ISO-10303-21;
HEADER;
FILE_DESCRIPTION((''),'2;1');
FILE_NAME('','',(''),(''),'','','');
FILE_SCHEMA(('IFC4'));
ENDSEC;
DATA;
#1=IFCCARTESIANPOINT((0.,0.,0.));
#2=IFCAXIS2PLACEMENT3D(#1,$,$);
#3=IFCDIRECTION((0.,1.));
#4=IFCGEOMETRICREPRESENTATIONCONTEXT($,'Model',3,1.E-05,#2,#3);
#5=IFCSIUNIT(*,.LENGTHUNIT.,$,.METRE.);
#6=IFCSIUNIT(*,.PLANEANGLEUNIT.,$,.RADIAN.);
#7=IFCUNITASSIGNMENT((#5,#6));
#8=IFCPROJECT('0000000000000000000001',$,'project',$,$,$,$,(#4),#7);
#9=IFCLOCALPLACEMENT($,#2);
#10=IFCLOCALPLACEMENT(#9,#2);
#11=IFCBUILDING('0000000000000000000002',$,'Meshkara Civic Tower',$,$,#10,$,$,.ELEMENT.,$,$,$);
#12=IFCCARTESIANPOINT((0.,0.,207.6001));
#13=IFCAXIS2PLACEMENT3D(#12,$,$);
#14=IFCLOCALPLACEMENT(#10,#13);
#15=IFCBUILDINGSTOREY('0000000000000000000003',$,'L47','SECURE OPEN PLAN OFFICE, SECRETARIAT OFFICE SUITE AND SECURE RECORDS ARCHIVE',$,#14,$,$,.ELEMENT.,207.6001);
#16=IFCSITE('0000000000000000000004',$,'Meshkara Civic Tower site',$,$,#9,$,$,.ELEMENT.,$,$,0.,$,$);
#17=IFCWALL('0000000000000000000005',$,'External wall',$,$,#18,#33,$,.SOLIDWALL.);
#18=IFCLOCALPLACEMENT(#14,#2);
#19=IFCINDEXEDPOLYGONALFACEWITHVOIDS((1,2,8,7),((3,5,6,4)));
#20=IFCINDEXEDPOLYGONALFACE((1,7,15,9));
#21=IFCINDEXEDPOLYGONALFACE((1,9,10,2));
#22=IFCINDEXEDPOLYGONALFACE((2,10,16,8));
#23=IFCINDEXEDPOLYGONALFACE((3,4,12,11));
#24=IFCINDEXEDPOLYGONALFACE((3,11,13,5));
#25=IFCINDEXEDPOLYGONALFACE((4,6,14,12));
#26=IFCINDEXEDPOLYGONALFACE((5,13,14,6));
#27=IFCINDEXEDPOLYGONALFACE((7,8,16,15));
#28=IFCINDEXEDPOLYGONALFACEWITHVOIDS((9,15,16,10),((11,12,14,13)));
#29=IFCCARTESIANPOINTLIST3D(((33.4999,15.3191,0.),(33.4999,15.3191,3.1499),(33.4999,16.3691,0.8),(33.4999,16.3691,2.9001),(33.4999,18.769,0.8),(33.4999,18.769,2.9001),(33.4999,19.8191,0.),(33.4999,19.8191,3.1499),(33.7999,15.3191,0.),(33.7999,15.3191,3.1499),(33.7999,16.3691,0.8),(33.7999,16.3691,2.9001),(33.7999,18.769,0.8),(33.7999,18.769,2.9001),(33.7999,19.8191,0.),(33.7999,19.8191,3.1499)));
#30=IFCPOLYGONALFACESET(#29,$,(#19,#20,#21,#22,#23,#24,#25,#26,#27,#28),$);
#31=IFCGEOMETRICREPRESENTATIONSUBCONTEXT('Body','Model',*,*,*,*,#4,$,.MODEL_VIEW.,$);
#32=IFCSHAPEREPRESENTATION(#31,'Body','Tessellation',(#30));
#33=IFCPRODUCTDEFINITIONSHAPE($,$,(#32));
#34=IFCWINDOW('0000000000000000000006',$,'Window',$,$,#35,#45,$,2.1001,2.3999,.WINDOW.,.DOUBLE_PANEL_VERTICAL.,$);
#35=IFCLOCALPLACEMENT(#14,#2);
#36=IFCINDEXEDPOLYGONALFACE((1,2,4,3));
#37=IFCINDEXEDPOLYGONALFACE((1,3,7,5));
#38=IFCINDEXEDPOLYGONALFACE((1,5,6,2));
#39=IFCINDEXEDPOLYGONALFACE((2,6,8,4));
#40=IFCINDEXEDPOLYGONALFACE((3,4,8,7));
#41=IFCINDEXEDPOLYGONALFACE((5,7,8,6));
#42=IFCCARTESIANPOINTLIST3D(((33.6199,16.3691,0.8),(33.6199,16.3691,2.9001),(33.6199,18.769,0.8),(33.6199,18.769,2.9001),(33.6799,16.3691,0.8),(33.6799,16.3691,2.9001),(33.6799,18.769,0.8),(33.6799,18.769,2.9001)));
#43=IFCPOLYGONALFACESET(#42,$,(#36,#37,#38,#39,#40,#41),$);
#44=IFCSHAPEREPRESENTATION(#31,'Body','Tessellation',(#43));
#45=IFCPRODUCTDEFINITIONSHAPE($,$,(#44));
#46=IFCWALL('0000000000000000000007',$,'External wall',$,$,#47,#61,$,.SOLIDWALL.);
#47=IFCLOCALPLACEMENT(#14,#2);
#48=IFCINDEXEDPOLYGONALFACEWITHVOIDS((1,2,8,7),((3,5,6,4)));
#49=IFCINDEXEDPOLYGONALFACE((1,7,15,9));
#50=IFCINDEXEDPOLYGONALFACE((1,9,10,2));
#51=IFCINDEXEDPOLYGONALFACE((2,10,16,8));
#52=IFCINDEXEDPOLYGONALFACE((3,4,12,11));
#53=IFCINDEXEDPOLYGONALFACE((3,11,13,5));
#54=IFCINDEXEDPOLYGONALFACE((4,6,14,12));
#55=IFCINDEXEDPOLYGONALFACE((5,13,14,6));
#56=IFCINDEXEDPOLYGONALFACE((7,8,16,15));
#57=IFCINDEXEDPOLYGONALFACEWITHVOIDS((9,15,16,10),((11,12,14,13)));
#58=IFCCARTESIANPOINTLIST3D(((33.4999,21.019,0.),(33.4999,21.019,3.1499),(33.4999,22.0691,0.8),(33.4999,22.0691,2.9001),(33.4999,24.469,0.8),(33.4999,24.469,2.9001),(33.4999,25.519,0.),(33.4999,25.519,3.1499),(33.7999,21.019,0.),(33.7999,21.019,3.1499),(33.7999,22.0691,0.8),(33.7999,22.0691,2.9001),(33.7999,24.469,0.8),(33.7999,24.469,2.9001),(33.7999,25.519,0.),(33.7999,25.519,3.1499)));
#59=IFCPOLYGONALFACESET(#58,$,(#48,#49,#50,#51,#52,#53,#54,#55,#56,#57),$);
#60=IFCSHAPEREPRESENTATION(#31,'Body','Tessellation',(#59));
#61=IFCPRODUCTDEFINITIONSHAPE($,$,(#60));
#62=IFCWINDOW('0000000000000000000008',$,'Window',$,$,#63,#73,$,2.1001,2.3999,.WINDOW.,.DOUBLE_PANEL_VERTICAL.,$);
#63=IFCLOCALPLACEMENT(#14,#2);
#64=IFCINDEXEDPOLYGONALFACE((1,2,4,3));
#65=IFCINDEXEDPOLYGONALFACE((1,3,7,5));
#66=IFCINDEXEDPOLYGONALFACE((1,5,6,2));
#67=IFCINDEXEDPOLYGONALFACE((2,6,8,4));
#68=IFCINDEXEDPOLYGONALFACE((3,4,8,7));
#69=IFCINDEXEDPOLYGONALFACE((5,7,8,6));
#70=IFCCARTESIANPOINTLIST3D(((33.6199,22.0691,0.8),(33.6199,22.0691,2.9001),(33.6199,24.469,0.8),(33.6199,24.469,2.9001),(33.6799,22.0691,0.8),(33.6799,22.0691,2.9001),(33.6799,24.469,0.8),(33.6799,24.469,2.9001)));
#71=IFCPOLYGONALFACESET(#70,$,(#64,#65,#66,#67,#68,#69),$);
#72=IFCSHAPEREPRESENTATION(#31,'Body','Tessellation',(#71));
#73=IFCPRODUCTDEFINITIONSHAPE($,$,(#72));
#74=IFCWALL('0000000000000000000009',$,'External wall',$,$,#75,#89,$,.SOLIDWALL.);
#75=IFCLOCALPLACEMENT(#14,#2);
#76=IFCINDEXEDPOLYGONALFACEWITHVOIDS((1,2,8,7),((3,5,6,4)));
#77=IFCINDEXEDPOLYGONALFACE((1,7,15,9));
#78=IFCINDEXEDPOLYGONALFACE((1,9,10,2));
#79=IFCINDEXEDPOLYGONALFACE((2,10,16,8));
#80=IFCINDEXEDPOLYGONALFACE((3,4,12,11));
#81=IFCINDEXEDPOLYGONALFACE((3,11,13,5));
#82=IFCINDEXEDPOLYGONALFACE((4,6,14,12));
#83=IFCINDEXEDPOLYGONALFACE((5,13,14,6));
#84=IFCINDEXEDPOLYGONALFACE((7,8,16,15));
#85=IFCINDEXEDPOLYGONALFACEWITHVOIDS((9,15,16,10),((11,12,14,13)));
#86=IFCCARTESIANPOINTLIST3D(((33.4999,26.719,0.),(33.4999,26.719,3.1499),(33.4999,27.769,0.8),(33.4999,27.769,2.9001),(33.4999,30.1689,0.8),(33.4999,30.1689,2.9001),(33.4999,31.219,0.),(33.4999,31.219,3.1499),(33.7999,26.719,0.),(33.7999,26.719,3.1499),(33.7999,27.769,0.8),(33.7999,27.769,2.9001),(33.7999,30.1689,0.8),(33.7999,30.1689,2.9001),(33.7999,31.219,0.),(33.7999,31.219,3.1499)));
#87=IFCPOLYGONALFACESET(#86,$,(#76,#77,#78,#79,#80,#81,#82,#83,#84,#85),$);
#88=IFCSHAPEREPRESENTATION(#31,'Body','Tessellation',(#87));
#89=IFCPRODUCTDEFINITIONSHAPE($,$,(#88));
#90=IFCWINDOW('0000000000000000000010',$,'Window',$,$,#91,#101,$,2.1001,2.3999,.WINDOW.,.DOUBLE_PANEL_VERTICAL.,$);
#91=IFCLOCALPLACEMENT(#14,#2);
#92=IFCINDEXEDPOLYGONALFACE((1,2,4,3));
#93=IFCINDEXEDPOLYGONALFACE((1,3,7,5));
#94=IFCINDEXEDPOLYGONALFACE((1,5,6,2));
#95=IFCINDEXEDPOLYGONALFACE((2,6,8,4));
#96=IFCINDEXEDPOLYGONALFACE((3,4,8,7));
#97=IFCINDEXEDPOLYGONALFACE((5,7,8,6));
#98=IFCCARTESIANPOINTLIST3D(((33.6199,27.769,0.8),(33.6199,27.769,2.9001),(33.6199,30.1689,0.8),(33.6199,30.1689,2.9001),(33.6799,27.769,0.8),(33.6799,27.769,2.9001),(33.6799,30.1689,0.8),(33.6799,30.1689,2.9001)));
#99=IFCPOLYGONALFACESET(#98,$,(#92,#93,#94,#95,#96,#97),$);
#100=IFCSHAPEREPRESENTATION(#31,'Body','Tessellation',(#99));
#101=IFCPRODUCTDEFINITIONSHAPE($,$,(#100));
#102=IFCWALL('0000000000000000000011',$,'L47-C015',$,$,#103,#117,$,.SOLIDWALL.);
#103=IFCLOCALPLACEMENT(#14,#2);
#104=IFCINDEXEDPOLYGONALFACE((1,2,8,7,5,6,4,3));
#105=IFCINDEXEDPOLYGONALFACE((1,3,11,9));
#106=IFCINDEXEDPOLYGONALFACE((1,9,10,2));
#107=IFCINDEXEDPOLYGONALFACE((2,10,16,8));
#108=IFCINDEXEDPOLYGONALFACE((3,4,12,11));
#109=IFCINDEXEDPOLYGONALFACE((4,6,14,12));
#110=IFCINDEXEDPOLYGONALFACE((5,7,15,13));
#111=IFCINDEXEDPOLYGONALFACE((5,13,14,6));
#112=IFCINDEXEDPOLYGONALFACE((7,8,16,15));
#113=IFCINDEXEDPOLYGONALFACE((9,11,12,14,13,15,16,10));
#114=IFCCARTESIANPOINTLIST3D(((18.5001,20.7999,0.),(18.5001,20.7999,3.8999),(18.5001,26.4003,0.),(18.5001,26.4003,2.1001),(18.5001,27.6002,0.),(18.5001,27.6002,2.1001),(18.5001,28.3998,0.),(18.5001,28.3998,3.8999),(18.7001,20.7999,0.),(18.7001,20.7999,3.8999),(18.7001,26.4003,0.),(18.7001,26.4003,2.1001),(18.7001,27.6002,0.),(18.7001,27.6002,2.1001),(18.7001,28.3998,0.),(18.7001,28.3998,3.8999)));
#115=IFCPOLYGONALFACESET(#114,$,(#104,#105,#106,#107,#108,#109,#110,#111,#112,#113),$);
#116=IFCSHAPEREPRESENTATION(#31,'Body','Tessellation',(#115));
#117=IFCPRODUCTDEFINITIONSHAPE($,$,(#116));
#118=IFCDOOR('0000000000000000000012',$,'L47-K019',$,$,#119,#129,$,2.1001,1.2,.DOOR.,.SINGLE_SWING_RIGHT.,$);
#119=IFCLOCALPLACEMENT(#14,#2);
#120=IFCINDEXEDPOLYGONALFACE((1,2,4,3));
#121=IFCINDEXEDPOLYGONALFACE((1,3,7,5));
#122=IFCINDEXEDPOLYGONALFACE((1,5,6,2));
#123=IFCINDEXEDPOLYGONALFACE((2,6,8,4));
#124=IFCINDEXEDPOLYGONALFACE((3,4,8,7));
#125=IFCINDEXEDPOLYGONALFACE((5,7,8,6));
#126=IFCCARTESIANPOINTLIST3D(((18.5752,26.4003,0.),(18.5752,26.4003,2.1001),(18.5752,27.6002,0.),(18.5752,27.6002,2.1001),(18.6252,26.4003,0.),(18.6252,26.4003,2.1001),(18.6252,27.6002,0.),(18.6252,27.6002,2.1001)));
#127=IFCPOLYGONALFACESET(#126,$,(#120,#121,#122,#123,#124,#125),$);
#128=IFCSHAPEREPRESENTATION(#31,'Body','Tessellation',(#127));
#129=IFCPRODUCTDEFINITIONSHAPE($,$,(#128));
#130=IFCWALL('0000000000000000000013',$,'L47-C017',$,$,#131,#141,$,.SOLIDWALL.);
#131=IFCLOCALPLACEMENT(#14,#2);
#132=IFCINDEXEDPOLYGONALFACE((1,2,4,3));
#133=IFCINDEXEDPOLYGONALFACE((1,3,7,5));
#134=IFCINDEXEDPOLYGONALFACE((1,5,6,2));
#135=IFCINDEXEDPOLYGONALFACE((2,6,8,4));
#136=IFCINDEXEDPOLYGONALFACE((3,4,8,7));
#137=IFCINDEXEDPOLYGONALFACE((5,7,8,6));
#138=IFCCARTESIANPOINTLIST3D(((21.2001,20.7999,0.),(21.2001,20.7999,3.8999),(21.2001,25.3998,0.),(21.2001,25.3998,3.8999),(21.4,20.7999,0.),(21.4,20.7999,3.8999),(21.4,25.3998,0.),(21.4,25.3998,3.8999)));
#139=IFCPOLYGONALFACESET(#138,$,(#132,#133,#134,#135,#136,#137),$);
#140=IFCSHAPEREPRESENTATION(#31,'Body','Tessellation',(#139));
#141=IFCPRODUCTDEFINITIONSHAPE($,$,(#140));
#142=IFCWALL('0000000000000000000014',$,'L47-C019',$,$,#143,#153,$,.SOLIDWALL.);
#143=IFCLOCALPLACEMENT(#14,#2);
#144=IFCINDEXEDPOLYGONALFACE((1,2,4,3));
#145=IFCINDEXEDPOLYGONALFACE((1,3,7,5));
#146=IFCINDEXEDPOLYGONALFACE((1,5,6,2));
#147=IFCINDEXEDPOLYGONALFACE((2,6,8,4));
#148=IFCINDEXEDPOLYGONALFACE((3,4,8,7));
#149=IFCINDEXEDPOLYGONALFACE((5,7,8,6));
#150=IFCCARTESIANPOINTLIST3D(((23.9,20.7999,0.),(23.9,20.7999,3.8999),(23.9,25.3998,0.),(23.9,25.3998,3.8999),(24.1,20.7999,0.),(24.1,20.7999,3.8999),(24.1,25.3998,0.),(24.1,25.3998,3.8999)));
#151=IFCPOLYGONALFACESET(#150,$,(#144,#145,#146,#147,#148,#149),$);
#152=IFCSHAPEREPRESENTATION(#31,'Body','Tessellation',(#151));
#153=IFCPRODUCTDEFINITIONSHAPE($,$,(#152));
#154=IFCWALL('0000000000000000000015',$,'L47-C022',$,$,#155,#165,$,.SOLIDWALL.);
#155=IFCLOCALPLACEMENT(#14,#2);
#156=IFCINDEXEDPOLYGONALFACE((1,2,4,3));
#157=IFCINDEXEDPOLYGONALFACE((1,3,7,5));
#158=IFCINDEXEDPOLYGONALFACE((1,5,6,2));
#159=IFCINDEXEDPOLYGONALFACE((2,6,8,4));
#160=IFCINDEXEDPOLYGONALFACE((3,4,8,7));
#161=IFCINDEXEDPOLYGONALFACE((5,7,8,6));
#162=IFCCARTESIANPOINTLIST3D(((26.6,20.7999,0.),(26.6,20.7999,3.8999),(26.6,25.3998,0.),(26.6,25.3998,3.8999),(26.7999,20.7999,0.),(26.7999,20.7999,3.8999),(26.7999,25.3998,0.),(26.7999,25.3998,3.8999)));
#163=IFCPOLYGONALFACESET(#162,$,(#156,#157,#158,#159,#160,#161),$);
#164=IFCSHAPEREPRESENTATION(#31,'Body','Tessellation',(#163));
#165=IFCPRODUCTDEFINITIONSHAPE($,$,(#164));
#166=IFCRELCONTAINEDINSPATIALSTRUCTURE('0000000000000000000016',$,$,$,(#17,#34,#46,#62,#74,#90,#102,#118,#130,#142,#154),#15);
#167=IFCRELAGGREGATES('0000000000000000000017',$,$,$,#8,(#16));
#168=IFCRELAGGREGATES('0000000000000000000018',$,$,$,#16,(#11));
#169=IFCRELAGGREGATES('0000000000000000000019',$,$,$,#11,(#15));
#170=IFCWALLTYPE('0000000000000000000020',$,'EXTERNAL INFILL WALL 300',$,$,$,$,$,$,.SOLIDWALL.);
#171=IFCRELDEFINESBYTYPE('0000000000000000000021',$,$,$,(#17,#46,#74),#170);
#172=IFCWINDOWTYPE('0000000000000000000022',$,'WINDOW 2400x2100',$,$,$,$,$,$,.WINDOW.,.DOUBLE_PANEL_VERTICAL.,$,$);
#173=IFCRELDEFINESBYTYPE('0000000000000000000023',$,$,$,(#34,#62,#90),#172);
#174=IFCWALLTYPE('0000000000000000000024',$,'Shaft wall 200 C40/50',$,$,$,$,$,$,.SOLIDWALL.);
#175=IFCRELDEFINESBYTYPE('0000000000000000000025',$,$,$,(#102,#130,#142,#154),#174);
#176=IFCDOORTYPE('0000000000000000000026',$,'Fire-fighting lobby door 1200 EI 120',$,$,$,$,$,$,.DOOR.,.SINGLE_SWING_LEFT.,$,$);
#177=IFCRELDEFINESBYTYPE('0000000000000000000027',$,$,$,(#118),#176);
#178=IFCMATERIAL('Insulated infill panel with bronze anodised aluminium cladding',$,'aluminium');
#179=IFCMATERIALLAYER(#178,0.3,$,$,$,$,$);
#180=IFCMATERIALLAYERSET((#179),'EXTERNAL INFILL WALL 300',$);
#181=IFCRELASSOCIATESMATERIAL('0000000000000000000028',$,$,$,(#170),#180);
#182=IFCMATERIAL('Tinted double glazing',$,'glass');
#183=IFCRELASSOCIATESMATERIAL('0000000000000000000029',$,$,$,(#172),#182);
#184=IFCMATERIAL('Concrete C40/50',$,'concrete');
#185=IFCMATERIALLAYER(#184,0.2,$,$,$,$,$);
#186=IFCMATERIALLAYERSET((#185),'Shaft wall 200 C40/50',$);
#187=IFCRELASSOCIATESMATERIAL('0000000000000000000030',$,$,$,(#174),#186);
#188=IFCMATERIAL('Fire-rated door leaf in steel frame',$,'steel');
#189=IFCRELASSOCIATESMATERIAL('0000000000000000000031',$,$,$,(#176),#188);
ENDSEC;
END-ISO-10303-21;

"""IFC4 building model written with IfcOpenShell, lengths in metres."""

from ifc_helpers import new_model, si_unit, direction, frame, frame_2d, origin, place, context, subcontext, project, spatial, rectangle, extrude, material, layer, layer_set, type_object, element, fill, save


model = new_model("IFC4")

# Units and contexts
model_context = context("Model", 3, precision=1e-05, world=origin(), true_north=direction((0.0, 1.0)))
body_context = subcontext(model_context, "Body", "Model", "MODEL_VIEW")
ifc_project = project(units=[si_unit("LENGTHUNIT", "METRE"), si_unit("PLANEANGLEUNIT", "RADIAN")], contexts=[model_context])

# Site, building, storey
site_placement = place(None, origin())
site = spatial("IfcSite", under=ifc_project, at=site_placement, Name="Meshkara Civic Tower site", CompositionType="ELEMENT", RefElevation=0.0)
building_placement = place(site_placement, origin())
building = spatial("IfcBuilding", under=site, at=building_placement, Name="Meshkara Civic Tower", CompositionType="ELEMENT")
storey_placement = place(building_placement, frame((0.0, 0.0, 207.6001)))
storey = spatial("IfcBuildingStorey", under=building, at=storey_placement, Name="L47", Description="SECURE OPEN PLAN OFFICE, SECRETARIAT OFFICE SUITE AND SECURE RECORDS ARCHIVE", CompositionType="ELEMENT", Elevation=207.6001)

# Walls, openings, windows
ifc_material_1 = material(Name="Insulated infill panel with bronze anodised aluminium cladding", Category="aluminium")
ifc_layer_1 = layer(ifc_material_1, 0.3)
ifc_layer_set_1 = layer_set([ifc_layer_1], Name="EXTERNAL INFILL WALL 300")
wall_type_1 = type_object("IfcWallType", Name="EXTERNAL INFILL WALL 300", PredefinedType="SOLIDWALL", material=ifc_layer_set_1)
ifc_material_2 = material(Name="Tinted double glazing", Category="glass")
window_type = type_object("IfcWindowType", Name="WINDOW 2400x2100", PartitioningType="DOUBLE_PANEL_VERTICAL", PredefinedType="WINDOW", material=ifc_material_2)
wall_1_placement = place(storey_placement, frame((33.6499, 15.3191, 0.0), z_axis=(0.0, 0.0, 1.0), x_axis=(0.0, 1.0, 0.0)))
wall_1 = element("IfcWall", 1, at=wall_1_placement, inside=storey, type_object=wall_type_1, Name="External wall", PredefinedType="SOLIDWALL", context=body_context, shape_type="SweptSolid", body=[
    extrude(rectangle(XDim=4.5, YDim=0.3, at=frame_2d((2.25, 0.0))), origin(), (0.0, 0.0, 1.0), 3.1499),
])
opening_1_placement = place(wall_1_placement, frame((1.05, 0.0, 0.8)))
opening_1 = element("IfcOpeningElement", 2, at=opening_1_placement, cuts=wall_1, PredefinedType="OPENING", context=body_context, shape_type="SweptSolid", body=[
    extrude(rectangle(XDim=2.3999, YDim=2.1001, at=frame_2d((1.2, 1.05))), frame((0.0, 0.1599, 0.0), z_axis=(0.0, -1.0, 0.0), x_axis=(1.0, 0.0, 0.0)), (0.0, 0.0, 1.0), 0.3201),
])
window_1_placement = place(opening_1_placement, origin())
window_1 = element("IfcWindow", 3, at=window_1_placement, inside=storey, type_object=window_type, Name="Window", OverallHeight=2.1001, OverallWidth=2.3999, PartitioningType="DOUBLE_PANEL_VERTICAL", PredefinedType="WINDOW", context=body_context, shape_type="SweptSolid", body=[
    extrude(rectangle(XDim=2.3999, YDim=2.1001, at=frame_2d((1.2, 1.05))), frame((0.0, 0.03, 0.0), z_axis=(0.0, -1.0, 0.0), x_axis=(1.0, 0.0, 0.0)), (0.0, 0.0, 1.0), 0.0601),
])
fill(opening_1, window_1)
wall_2_placement = place(storey_placement, frame((33.6499, 21.019, 0.0), z_axis=(0.0, 0.0, 1.0), x_axis=(0.0, 1.0, 0.0)))
wall_2 = element("IfcWall", 4, at=wall_2_placement, inside=storey, type_object=wall_type_1, Name="External wall", PredefinedType="SOLIDWALL", context=body_context, shape_type="SweptSolid", body=[
    extrude(rectangle(XDim=4.5, YDim=0.3, at=frame_2d((2.25, 0.0))), origin(), (0.0, 0.0, 1.0), 3.1499),
])
opening_2_placement = place(wall_2_placement, frame((1.05, 0.0, 0.8)))
opening_2 = element("IfcOpeningElement", 5, at=opening_2_placement, cuts=wall_2, PredefinedType="OPENING", context=body_context, shape_type="SweptSolid", body=[
    extrude(rectangle(XDim=2.3999, YDim=2.1001, at=frame_2d((1.2, 1.05))), frame((0.0, 0.1599, 0.0), z_axis=(0.0, -1.0, 0.0), x_axis=(1.0, 0.0, 0.0)), (0.0, 0.0, 1.0), 0.3201),
])
window_2_placement = place(opening_2_placement, origin())
window_2 = element("IfcWindow", 6, at=window_2_placement, inside=storey, type_object=window_type, Name="Window", OverallHeight=2.1001, OverallWidth=2.3999, PartitioningType="DOUBLE_PANEL_VERTICAL", PredefinedType="WINDOW", context=body_context, shape_type="SweptSolid", body=[
    extrude(rectangle(XDim=2.3999, YDim=2.1001, at=frame_2d((1.2, 1.05))), frame((0.0, 0.03, 0.0), z_axis=(0.0, -1.0, 0.0), x_axis=(1.0, 0.0, 0.0)), (0.0, 0.0, 1.0), 0.0601),
])
fill(opening_2, window_2)
wall_3_placement = place(storey_placement, frame((33.6499, 26.719, 0.0), z_axis=(0.0, 0.0, 1.0), x_axis=(0.0, 1.0, 0.0)))
wall_3 = element("IfcWall", 7, at=wall_3_placement, inside=storey, type_object=wall_type_1, Name="External wall", PredefinedType="SOLIDWALL", context=body_context, shape_type="SweptSolid", body=[
    extrude(rectangle(XDim=4.5, YDim=0.3, at=frame_2d((2.25, 0.0))), origin(), (0.0, 0.0, 1.0), 3.1499),
])
opening_3_placement = place(wall_3_placement, frame((1.05, 0.0, 0.8)))
opening_3 = element("IfcOpeningElement", 8, at=opening_3_placement, cuts=wall_3, PredefinedType="OPENING", context=body_context, shape_type="SweptSolid", body=[
    extrude(rectangle(XDim=2.3999, YDim=2.1001, at=frame_2d((1.2, 1.05))), frame((0.0, 0.1599, 0.0), z_axis=(0.0, -1.0, 0.0), x_axis=(1.0, 0.0, 0.0)), (0.0, 0.0, 1.0), 0.3201),
])
window_3_placement = place(opening_3_placement, origin())
window_3 = element("IfcWindow", 9, at=window_3_placement, inside=storey, type_object=window_type, Name="Window", OverallHeight=2.1001, OverallWidth=2.3999, PartitioningType="DOUBLE_PANEL_VERTICAL", PredefinedType="WINDOW", context=body_context, shape_type="SweptSolid", body=[
    extrude(rectangle(XDim=2.3999, YDim=2.1001, at=frame_2d((1.2, 1.05))), frame((0.0, 0.03, 0.0), z_axis=(0.0, -1.0, 0.0), x_axis=(1.0, 0.0, 0.0)), (0.0, 0.0, 1.0), 0.0601),
])
fill(opening_3, window_3)

# Wall, opening, door
ifc_material_3 = material(Name="Concrete C40/50", Category="concrete")
ifc_layer_2 = layer(ifc_material_3, 0.2)
ifc_layer_set_2 = layer_set([ifc_layer_2], Name="Shaft wall 200 C40/50")
wall_type_2 = type_object("IfcWallType", Name="Shaft wall 200 C40/50", PredefinedType="SOLIDWALL", material=ifc_layer_set_2)
wall_4_placement = place(storey_placement, frame((18.6001, 20.8, 0.0), z_axis=(0.0, 0.0, 1.0), x_axis=(0.0, 1.0, 0.0)))
wall_4 = element("IfcWall", 10, at=wall_4_placement, inside=storey, type_object=wall_type_2, Name="L47-C015", PredefinedType="SOLIDWALL", context=body_context, shape_type="SweptSolid", body=[
    extrude(rectangle(XDim=7.5999, YDim=0.2, at=frame_2d((3.7998, 0.0))), origin(), (0.0, 0.0, 1.0), 3.8999),
])
opening_4_placement = place(wall_4_placement, frame((5.6001, 0.0, 0.0)))
opening_4 = element("IfcOpeningElement", 11, at=opening_4_placement, cuts=wall_4, PredefinedType="OPENING", context=body_context, shape_type="SweptSolid", body=[
    extrude(rectangle(XDim=1.2, YDim=2.1001, at=frame_2d((0.6001, 1.05))), frame((0.0, 0.1099, 0.0), z_axis=(0.0, -1.0, 0.0), x_axis=(1.0, 0.0, 0.0)), (0.0, 0.0, 1.0), 0.22),
])
ifc_material_4 = material(Name="Fire-rated door leaf in steel frame", Category="steel")
door_type = type_object("IfcDoorType", Name="Fire-fighting lobby door 1200 EI 120", OperationType="SINGLE_SWING_LEFT", PredefinedType="DOOR", material=ifc_material_4)
door_placement = place(opening_4_placement, origin())
door = element("IfcDoor", 12, at=door_placement, inside=storey, type_object=door_type, Name="L47-K019", OperationType="SINGLE_SWING_RIGHT", OverallHeight=2.1001, OverallWidth=1.2, PredefinedType="DOOR", context=body_context, shape_type="SweptSolid", body=[
    extrude(rectangle(XDim=1.2, YDim=2.1001, at=frame_2d((0.6001, 1.05))), frame((0.0, 0.0249, 0.0), z_axis=(0.0, -1.0, 0.0), x_axis=(1.0, 0.0, 0.0)), (0.0, 0.0, 1.0), 0.05),
])
fill(opening_4, door)

# Walls
for number, where, z_axis, x_axis, name in (
    (13, (21.3, 20.8, 0.0), (0.0, 0.0, 1.0), (0.0, 1.0, 0.0), "L47-C017"),
    (14, (24.0, 20.8, 0.0), (0.0, 0.0, 1.0), (0.0, 1.0, 0.0), "L47-C019"),
    (15, (26.7, 20.8, 0.0), (0.0, 0.0, 1.0), (0.0, 1.0, 0.0), "L47-C022"),
):
    element("IfcWall", number, at=place(storey_placement, frame(where, z_axis=z_axis, x_axis=x_axis)), inside=storey, type_object=wall_type_2, Name=name, PredefinedType="SOLIDWALL", context=body_context, shape_type="SweptSolid", body=[
        extrude(rectangle(XDim=4.5999, YDim=0.2, at=frame_2d((2.2998, 0.0))), origin(), (0.0, 0.0, 1.0), 3.8999),
    ])

save(model, "model.ifc")
